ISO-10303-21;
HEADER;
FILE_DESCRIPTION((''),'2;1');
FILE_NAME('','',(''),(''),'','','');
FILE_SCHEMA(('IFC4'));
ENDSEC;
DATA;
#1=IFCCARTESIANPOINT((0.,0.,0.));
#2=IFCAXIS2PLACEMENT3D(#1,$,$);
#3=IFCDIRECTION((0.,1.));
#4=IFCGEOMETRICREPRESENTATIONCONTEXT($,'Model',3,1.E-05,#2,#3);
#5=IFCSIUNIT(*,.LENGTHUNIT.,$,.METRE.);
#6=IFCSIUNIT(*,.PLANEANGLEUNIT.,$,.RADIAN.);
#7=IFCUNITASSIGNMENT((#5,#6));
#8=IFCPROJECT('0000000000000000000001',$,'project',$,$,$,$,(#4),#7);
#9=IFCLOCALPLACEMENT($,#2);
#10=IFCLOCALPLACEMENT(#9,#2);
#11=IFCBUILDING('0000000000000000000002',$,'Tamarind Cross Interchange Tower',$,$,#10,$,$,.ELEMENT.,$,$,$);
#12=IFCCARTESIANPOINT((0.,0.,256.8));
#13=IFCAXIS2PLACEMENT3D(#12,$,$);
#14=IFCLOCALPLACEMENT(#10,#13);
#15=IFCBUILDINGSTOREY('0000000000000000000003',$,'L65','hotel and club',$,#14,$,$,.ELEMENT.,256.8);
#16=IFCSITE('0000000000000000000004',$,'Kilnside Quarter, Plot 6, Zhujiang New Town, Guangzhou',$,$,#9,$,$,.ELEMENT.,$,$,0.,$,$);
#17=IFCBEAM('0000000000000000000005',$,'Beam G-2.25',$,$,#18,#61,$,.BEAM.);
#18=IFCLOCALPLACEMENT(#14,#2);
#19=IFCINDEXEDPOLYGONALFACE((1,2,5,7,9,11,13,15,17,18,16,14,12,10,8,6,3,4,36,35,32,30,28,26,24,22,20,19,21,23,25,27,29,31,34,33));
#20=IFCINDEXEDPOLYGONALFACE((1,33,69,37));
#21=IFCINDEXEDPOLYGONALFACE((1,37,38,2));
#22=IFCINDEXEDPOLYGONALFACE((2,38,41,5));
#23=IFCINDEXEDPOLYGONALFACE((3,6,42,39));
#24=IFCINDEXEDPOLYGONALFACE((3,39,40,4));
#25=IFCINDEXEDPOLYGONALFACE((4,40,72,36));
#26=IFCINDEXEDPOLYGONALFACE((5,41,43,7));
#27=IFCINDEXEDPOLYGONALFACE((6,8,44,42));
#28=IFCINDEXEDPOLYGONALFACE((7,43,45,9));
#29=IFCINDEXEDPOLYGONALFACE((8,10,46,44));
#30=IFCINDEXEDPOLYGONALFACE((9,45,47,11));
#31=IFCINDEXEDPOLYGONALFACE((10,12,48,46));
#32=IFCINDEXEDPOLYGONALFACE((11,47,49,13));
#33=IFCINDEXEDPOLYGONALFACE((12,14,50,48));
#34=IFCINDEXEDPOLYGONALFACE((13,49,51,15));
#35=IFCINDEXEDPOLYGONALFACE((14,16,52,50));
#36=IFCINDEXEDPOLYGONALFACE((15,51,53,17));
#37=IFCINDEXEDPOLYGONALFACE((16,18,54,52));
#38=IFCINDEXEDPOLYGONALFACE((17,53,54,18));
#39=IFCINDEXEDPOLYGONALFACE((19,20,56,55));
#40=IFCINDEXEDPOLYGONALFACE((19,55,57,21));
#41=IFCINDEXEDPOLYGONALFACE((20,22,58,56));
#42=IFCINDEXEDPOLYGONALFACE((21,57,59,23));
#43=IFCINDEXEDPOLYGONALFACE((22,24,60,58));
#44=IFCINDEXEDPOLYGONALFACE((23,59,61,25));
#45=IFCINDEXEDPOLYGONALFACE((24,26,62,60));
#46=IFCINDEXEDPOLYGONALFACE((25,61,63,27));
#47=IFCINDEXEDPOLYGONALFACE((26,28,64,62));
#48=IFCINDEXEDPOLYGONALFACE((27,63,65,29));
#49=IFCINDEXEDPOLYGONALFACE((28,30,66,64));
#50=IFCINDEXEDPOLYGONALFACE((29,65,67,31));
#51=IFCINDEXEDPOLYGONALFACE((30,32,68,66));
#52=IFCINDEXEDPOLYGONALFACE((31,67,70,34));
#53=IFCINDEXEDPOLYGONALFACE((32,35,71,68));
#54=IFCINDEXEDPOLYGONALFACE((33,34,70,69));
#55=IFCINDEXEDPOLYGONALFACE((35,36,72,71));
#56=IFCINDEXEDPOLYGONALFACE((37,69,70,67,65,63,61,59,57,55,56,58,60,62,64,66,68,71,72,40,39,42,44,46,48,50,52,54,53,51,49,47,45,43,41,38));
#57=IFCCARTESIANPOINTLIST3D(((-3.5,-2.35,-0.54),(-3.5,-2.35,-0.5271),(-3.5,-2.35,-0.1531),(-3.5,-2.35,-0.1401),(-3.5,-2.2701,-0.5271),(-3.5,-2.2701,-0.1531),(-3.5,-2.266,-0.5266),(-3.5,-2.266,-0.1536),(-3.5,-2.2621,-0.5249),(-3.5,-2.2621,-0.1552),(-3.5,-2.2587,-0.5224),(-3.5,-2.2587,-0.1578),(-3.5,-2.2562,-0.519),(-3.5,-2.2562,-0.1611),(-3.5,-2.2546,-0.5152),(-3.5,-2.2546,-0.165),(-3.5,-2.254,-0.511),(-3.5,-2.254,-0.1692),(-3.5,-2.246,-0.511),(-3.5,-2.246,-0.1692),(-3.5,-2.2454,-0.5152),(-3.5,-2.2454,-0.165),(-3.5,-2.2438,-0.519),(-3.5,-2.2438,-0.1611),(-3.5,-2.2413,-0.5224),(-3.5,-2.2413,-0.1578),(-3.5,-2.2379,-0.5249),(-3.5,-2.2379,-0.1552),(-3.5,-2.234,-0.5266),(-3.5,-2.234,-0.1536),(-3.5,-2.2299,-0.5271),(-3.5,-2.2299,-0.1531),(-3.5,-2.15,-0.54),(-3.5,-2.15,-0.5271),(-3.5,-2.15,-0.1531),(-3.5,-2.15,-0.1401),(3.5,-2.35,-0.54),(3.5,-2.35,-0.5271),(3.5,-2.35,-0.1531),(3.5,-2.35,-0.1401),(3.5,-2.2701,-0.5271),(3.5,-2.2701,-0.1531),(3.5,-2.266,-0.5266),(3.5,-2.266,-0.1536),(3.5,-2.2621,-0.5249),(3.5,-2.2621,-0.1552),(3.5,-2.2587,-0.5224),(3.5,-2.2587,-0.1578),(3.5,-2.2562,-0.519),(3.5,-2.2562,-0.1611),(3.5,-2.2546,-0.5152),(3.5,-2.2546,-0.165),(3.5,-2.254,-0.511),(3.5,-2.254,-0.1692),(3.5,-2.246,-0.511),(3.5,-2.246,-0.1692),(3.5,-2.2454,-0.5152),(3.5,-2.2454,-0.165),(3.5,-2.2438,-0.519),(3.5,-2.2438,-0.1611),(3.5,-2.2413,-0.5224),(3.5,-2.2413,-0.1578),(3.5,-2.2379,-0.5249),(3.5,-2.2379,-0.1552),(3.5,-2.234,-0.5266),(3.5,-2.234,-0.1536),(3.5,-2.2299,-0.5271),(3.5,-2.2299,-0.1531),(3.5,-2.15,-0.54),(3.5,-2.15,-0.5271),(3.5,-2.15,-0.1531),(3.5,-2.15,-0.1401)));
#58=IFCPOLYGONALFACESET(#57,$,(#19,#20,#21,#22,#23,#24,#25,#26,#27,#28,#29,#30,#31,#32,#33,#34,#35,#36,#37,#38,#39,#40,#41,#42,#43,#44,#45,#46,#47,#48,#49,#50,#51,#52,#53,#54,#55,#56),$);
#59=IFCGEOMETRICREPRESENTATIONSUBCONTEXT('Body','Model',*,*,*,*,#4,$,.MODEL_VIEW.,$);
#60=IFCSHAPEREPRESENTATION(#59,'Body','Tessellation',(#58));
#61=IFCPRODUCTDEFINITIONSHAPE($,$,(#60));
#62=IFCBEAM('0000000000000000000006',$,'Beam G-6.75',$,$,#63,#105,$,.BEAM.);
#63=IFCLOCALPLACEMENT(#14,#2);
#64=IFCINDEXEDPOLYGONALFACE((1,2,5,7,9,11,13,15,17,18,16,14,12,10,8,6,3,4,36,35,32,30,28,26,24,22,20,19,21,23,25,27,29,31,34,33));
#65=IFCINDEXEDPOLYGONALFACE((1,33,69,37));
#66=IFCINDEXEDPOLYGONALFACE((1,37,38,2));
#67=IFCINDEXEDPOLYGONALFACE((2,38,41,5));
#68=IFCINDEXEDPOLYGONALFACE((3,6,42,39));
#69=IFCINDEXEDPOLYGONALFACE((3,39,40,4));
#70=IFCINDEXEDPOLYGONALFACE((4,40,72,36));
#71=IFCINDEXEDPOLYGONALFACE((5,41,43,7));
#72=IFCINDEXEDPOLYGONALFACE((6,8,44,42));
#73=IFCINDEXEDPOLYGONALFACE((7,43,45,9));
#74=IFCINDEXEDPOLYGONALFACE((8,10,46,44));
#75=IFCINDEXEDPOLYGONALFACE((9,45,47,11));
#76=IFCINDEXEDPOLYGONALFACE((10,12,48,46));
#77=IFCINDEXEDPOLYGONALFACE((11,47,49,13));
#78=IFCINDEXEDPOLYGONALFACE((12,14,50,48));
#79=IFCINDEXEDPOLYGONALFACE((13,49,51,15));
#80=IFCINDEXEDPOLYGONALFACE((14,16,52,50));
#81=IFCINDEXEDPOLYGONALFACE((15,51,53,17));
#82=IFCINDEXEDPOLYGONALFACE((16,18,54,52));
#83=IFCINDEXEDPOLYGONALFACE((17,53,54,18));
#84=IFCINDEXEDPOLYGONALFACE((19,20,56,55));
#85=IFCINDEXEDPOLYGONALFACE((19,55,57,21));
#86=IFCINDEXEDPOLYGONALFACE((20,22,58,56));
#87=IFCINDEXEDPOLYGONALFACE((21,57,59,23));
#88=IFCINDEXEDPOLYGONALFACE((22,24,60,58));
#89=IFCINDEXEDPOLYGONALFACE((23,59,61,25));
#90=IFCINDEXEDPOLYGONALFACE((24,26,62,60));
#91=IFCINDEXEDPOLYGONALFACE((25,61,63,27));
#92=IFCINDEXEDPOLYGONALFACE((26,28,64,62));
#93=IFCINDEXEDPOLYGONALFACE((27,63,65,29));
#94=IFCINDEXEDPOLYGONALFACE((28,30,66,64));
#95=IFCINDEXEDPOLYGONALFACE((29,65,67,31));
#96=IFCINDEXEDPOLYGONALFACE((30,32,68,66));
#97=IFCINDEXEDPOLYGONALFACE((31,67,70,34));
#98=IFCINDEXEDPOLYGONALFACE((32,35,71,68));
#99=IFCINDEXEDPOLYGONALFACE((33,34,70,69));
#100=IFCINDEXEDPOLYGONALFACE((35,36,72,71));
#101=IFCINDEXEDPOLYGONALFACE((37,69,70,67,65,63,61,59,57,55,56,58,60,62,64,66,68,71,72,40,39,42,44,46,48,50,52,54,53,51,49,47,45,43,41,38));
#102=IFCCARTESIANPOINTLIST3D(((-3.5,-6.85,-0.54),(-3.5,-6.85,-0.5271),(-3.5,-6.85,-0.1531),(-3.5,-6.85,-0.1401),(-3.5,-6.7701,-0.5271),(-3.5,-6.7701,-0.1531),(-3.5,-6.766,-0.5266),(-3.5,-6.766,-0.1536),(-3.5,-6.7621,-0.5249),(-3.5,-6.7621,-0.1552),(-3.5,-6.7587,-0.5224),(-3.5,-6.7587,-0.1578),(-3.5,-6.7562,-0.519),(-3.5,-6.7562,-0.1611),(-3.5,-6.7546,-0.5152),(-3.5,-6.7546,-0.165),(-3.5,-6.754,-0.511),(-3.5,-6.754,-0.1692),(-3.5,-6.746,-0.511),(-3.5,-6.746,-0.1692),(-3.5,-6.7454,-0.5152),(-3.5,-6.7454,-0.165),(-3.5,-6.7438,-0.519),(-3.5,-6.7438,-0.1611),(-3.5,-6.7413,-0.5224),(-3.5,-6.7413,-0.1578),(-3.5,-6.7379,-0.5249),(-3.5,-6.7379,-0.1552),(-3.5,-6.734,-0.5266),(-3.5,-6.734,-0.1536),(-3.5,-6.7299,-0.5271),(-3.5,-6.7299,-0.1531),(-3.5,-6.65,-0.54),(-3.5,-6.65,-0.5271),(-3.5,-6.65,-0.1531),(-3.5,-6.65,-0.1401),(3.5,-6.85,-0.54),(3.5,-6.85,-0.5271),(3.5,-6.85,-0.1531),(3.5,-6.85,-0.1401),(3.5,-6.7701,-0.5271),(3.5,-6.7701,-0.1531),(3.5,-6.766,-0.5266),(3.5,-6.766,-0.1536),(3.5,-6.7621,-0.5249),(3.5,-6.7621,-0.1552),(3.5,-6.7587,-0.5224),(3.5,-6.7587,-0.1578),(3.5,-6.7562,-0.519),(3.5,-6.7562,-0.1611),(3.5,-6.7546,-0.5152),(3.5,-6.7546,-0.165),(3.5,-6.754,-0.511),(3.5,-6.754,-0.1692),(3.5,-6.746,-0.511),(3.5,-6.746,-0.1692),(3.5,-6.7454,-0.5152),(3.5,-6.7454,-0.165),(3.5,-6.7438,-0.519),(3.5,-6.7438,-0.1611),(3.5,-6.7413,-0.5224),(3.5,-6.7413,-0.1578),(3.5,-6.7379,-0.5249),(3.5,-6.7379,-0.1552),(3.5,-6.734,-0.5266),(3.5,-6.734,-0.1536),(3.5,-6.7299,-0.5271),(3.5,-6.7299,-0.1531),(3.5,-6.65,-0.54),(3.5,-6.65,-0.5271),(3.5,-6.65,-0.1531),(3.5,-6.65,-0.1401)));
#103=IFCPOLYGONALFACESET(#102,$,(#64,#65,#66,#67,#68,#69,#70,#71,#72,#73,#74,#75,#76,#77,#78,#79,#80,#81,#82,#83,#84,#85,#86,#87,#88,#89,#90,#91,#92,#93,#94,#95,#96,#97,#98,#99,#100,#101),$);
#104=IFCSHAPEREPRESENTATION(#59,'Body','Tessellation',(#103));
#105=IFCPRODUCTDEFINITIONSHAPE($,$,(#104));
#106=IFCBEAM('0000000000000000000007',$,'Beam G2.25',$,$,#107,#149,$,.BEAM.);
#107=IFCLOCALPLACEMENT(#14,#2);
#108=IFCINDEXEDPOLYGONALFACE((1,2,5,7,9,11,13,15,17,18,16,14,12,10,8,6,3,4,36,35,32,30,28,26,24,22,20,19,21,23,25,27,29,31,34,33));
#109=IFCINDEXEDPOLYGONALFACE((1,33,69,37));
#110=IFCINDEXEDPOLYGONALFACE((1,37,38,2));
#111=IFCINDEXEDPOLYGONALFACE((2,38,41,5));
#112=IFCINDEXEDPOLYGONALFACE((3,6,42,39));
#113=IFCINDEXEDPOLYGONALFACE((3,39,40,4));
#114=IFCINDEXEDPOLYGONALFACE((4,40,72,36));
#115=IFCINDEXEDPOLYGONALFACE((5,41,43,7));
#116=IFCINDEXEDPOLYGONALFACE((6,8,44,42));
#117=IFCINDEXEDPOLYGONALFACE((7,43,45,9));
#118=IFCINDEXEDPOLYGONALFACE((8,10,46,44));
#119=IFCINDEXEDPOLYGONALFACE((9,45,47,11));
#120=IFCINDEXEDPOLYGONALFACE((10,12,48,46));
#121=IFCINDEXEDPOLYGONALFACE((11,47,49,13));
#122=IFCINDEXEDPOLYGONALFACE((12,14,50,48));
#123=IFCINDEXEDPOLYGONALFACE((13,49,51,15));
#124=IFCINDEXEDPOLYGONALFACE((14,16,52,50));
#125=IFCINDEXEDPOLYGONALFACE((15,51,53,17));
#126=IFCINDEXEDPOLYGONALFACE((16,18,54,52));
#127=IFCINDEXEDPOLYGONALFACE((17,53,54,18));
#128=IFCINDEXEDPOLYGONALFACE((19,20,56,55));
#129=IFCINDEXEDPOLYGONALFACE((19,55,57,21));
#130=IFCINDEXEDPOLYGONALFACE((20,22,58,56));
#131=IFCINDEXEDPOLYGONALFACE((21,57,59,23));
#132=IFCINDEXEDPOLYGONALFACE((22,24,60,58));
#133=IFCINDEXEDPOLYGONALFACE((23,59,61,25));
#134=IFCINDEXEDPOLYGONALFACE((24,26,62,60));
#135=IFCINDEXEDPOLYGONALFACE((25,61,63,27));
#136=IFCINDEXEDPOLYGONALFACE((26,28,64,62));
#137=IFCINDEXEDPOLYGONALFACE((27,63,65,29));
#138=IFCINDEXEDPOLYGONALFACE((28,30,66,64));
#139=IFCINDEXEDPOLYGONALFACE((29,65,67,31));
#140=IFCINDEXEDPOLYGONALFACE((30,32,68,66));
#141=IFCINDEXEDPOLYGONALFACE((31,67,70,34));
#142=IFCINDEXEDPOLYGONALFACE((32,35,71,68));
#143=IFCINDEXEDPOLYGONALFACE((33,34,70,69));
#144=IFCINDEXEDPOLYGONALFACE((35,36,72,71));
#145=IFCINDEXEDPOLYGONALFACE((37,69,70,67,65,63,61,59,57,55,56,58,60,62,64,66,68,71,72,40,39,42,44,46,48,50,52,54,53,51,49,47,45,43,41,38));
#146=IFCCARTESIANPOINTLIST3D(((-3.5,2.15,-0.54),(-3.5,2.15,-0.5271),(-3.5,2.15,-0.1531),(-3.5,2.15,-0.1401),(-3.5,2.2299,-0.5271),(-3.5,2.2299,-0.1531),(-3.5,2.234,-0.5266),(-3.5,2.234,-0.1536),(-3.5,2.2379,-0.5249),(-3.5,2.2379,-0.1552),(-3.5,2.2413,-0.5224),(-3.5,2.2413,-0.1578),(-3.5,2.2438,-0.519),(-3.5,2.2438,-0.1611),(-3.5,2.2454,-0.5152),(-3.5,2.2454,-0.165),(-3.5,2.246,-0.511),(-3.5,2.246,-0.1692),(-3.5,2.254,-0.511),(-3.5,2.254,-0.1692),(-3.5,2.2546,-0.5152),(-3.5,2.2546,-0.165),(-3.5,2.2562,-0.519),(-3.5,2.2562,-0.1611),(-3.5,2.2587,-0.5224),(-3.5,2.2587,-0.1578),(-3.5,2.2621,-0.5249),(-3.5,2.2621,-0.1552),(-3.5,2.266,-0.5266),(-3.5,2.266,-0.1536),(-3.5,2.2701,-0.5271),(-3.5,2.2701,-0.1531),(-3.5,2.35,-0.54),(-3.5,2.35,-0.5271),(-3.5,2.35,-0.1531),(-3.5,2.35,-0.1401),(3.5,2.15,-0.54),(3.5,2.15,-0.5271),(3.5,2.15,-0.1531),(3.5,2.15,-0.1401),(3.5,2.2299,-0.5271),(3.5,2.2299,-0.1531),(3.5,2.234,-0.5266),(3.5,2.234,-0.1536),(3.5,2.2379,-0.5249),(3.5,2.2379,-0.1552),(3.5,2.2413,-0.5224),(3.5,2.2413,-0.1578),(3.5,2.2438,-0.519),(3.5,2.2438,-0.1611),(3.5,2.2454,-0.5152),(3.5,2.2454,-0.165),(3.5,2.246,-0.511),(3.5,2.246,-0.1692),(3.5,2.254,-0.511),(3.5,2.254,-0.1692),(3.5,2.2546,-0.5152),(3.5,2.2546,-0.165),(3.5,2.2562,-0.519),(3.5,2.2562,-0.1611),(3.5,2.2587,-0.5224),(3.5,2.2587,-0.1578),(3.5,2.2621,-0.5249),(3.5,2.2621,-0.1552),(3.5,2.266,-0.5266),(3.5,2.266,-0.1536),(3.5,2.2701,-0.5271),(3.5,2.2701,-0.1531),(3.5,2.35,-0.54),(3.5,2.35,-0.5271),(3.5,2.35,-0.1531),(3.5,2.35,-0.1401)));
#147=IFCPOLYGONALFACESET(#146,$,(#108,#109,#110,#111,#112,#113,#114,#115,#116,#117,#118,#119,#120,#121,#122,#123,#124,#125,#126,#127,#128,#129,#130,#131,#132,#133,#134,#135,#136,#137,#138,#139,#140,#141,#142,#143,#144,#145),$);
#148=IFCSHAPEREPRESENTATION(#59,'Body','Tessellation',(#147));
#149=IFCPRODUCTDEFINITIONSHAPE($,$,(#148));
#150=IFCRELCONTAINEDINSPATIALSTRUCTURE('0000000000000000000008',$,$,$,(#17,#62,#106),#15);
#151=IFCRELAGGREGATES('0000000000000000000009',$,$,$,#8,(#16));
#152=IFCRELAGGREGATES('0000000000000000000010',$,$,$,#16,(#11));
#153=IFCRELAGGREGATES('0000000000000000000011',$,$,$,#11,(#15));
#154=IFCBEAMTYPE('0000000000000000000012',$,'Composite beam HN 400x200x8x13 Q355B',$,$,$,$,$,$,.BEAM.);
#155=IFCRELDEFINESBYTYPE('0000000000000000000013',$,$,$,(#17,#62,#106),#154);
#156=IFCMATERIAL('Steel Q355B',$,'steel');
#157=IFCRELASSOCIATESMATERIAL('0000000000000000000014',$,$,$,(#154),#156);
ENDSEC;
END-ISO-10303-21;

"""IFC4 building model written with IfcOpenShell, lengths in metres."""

from ifc_helpers import new_model, si_unit, direction, frame, origin, origin_2d, place, context, subcontext, project, spatial, i_section, extrude, material, material_profile, profile_set, type_object, element, save


model = new_model("IFC4")

# Units and contexts
model_context = context("Model", 3, precision=1e-05, world=origin(), true_north=direction((0.0, 1.0)))
body_context = subcontext(model_context, "Body", "Model", "MODEL_VIEW")
ifc_project = project(units=[si_unit("LENGTHUNIT", "METRE"), si_unit("PLANEANGLEUNIT", "RADIAN")], contexts=[model_context])

# Site, building, storey
site_placement = place(None, origin())
site = spatial("IfcSite", under=ifc_project, at=site_placement, Name="Kilnside Quarter, Plot 6, Zhujiang New Town, Guangzhou", CompositionType="ELEMENT", RefElevation=0.0)
building_placement = place(site_placement, origin())
building = spatial("IfcBuilding", under=site, at=building_placement, Name="Tamarind Cross Interchange Tower", CompositionType="ELEMENT")
storey_placement = place(building_placement, frame((0.0, 0.0, 256.8)))
storey = spatial("IfcBuildingStorey", under=building, at=storey_placement, Name="L65", Description="hotel and club", CompositionType="ELEMENT", Elevation=256.8)

# Beams
ifc_material_1 = material(Name="Steel Q355B", Category="steel")
ifc_material_profile = material_profile(ifc_material_1, i_section(OverallWidth=0.2, OverallDepth=0.3999, WebThickness=0.0081, FlangeThickness=0.0129, FilletRadius=0.0161, at=origin_2d()), Name="HN 400x200x8x13")
ifc_profile_set = profile_set([ifc_material_profile], Name="Steel Q355B")
beam_type = type_object("IfcBeamType", Name="Composite beam HN 400x200x8x13 Q355B", PredefinedType="BEAM", material=ifc_profile_set)
for number, where, z_axis, x_axis, name in (
    (1, (-3.5, -2.25, -0.3401), (1.0, 0.0, 0.0), (0.0, 1.0, 0.0), "Beam G-2.25"),
    (2, (-3.5, -6.75, -0.3401), (1.0, 0.0, 0.0), (0.0, 1.0, 0.0), "Beam G-6.75"),
    (3, (-3.5, 2.25, -0.3401), (1.0, 0.0, 0.0), (0.0, 1.0, 0.0), "Beam G2.25"),
):
    element("IfcBeam", number, at=place(storey_placement, frame(where, z_axis=z_axis, x_axis=x_axis)), inside=storey, type_object=beam_type, Name=name, PredefinedType="BEAM", context=body_context, shape_type="SweptSolid", body=[
        extrude(i_section(OverallWidth=0.2, OverallDepth=0.3999, WebThickness=0.0081, FlangeThickness=0.0129, FilletRadius=0.0161, at=origin_2d()), origin(), (0.0, 0.0, 1.0), 7.0),
    ])

save(model, "model.ifc")
